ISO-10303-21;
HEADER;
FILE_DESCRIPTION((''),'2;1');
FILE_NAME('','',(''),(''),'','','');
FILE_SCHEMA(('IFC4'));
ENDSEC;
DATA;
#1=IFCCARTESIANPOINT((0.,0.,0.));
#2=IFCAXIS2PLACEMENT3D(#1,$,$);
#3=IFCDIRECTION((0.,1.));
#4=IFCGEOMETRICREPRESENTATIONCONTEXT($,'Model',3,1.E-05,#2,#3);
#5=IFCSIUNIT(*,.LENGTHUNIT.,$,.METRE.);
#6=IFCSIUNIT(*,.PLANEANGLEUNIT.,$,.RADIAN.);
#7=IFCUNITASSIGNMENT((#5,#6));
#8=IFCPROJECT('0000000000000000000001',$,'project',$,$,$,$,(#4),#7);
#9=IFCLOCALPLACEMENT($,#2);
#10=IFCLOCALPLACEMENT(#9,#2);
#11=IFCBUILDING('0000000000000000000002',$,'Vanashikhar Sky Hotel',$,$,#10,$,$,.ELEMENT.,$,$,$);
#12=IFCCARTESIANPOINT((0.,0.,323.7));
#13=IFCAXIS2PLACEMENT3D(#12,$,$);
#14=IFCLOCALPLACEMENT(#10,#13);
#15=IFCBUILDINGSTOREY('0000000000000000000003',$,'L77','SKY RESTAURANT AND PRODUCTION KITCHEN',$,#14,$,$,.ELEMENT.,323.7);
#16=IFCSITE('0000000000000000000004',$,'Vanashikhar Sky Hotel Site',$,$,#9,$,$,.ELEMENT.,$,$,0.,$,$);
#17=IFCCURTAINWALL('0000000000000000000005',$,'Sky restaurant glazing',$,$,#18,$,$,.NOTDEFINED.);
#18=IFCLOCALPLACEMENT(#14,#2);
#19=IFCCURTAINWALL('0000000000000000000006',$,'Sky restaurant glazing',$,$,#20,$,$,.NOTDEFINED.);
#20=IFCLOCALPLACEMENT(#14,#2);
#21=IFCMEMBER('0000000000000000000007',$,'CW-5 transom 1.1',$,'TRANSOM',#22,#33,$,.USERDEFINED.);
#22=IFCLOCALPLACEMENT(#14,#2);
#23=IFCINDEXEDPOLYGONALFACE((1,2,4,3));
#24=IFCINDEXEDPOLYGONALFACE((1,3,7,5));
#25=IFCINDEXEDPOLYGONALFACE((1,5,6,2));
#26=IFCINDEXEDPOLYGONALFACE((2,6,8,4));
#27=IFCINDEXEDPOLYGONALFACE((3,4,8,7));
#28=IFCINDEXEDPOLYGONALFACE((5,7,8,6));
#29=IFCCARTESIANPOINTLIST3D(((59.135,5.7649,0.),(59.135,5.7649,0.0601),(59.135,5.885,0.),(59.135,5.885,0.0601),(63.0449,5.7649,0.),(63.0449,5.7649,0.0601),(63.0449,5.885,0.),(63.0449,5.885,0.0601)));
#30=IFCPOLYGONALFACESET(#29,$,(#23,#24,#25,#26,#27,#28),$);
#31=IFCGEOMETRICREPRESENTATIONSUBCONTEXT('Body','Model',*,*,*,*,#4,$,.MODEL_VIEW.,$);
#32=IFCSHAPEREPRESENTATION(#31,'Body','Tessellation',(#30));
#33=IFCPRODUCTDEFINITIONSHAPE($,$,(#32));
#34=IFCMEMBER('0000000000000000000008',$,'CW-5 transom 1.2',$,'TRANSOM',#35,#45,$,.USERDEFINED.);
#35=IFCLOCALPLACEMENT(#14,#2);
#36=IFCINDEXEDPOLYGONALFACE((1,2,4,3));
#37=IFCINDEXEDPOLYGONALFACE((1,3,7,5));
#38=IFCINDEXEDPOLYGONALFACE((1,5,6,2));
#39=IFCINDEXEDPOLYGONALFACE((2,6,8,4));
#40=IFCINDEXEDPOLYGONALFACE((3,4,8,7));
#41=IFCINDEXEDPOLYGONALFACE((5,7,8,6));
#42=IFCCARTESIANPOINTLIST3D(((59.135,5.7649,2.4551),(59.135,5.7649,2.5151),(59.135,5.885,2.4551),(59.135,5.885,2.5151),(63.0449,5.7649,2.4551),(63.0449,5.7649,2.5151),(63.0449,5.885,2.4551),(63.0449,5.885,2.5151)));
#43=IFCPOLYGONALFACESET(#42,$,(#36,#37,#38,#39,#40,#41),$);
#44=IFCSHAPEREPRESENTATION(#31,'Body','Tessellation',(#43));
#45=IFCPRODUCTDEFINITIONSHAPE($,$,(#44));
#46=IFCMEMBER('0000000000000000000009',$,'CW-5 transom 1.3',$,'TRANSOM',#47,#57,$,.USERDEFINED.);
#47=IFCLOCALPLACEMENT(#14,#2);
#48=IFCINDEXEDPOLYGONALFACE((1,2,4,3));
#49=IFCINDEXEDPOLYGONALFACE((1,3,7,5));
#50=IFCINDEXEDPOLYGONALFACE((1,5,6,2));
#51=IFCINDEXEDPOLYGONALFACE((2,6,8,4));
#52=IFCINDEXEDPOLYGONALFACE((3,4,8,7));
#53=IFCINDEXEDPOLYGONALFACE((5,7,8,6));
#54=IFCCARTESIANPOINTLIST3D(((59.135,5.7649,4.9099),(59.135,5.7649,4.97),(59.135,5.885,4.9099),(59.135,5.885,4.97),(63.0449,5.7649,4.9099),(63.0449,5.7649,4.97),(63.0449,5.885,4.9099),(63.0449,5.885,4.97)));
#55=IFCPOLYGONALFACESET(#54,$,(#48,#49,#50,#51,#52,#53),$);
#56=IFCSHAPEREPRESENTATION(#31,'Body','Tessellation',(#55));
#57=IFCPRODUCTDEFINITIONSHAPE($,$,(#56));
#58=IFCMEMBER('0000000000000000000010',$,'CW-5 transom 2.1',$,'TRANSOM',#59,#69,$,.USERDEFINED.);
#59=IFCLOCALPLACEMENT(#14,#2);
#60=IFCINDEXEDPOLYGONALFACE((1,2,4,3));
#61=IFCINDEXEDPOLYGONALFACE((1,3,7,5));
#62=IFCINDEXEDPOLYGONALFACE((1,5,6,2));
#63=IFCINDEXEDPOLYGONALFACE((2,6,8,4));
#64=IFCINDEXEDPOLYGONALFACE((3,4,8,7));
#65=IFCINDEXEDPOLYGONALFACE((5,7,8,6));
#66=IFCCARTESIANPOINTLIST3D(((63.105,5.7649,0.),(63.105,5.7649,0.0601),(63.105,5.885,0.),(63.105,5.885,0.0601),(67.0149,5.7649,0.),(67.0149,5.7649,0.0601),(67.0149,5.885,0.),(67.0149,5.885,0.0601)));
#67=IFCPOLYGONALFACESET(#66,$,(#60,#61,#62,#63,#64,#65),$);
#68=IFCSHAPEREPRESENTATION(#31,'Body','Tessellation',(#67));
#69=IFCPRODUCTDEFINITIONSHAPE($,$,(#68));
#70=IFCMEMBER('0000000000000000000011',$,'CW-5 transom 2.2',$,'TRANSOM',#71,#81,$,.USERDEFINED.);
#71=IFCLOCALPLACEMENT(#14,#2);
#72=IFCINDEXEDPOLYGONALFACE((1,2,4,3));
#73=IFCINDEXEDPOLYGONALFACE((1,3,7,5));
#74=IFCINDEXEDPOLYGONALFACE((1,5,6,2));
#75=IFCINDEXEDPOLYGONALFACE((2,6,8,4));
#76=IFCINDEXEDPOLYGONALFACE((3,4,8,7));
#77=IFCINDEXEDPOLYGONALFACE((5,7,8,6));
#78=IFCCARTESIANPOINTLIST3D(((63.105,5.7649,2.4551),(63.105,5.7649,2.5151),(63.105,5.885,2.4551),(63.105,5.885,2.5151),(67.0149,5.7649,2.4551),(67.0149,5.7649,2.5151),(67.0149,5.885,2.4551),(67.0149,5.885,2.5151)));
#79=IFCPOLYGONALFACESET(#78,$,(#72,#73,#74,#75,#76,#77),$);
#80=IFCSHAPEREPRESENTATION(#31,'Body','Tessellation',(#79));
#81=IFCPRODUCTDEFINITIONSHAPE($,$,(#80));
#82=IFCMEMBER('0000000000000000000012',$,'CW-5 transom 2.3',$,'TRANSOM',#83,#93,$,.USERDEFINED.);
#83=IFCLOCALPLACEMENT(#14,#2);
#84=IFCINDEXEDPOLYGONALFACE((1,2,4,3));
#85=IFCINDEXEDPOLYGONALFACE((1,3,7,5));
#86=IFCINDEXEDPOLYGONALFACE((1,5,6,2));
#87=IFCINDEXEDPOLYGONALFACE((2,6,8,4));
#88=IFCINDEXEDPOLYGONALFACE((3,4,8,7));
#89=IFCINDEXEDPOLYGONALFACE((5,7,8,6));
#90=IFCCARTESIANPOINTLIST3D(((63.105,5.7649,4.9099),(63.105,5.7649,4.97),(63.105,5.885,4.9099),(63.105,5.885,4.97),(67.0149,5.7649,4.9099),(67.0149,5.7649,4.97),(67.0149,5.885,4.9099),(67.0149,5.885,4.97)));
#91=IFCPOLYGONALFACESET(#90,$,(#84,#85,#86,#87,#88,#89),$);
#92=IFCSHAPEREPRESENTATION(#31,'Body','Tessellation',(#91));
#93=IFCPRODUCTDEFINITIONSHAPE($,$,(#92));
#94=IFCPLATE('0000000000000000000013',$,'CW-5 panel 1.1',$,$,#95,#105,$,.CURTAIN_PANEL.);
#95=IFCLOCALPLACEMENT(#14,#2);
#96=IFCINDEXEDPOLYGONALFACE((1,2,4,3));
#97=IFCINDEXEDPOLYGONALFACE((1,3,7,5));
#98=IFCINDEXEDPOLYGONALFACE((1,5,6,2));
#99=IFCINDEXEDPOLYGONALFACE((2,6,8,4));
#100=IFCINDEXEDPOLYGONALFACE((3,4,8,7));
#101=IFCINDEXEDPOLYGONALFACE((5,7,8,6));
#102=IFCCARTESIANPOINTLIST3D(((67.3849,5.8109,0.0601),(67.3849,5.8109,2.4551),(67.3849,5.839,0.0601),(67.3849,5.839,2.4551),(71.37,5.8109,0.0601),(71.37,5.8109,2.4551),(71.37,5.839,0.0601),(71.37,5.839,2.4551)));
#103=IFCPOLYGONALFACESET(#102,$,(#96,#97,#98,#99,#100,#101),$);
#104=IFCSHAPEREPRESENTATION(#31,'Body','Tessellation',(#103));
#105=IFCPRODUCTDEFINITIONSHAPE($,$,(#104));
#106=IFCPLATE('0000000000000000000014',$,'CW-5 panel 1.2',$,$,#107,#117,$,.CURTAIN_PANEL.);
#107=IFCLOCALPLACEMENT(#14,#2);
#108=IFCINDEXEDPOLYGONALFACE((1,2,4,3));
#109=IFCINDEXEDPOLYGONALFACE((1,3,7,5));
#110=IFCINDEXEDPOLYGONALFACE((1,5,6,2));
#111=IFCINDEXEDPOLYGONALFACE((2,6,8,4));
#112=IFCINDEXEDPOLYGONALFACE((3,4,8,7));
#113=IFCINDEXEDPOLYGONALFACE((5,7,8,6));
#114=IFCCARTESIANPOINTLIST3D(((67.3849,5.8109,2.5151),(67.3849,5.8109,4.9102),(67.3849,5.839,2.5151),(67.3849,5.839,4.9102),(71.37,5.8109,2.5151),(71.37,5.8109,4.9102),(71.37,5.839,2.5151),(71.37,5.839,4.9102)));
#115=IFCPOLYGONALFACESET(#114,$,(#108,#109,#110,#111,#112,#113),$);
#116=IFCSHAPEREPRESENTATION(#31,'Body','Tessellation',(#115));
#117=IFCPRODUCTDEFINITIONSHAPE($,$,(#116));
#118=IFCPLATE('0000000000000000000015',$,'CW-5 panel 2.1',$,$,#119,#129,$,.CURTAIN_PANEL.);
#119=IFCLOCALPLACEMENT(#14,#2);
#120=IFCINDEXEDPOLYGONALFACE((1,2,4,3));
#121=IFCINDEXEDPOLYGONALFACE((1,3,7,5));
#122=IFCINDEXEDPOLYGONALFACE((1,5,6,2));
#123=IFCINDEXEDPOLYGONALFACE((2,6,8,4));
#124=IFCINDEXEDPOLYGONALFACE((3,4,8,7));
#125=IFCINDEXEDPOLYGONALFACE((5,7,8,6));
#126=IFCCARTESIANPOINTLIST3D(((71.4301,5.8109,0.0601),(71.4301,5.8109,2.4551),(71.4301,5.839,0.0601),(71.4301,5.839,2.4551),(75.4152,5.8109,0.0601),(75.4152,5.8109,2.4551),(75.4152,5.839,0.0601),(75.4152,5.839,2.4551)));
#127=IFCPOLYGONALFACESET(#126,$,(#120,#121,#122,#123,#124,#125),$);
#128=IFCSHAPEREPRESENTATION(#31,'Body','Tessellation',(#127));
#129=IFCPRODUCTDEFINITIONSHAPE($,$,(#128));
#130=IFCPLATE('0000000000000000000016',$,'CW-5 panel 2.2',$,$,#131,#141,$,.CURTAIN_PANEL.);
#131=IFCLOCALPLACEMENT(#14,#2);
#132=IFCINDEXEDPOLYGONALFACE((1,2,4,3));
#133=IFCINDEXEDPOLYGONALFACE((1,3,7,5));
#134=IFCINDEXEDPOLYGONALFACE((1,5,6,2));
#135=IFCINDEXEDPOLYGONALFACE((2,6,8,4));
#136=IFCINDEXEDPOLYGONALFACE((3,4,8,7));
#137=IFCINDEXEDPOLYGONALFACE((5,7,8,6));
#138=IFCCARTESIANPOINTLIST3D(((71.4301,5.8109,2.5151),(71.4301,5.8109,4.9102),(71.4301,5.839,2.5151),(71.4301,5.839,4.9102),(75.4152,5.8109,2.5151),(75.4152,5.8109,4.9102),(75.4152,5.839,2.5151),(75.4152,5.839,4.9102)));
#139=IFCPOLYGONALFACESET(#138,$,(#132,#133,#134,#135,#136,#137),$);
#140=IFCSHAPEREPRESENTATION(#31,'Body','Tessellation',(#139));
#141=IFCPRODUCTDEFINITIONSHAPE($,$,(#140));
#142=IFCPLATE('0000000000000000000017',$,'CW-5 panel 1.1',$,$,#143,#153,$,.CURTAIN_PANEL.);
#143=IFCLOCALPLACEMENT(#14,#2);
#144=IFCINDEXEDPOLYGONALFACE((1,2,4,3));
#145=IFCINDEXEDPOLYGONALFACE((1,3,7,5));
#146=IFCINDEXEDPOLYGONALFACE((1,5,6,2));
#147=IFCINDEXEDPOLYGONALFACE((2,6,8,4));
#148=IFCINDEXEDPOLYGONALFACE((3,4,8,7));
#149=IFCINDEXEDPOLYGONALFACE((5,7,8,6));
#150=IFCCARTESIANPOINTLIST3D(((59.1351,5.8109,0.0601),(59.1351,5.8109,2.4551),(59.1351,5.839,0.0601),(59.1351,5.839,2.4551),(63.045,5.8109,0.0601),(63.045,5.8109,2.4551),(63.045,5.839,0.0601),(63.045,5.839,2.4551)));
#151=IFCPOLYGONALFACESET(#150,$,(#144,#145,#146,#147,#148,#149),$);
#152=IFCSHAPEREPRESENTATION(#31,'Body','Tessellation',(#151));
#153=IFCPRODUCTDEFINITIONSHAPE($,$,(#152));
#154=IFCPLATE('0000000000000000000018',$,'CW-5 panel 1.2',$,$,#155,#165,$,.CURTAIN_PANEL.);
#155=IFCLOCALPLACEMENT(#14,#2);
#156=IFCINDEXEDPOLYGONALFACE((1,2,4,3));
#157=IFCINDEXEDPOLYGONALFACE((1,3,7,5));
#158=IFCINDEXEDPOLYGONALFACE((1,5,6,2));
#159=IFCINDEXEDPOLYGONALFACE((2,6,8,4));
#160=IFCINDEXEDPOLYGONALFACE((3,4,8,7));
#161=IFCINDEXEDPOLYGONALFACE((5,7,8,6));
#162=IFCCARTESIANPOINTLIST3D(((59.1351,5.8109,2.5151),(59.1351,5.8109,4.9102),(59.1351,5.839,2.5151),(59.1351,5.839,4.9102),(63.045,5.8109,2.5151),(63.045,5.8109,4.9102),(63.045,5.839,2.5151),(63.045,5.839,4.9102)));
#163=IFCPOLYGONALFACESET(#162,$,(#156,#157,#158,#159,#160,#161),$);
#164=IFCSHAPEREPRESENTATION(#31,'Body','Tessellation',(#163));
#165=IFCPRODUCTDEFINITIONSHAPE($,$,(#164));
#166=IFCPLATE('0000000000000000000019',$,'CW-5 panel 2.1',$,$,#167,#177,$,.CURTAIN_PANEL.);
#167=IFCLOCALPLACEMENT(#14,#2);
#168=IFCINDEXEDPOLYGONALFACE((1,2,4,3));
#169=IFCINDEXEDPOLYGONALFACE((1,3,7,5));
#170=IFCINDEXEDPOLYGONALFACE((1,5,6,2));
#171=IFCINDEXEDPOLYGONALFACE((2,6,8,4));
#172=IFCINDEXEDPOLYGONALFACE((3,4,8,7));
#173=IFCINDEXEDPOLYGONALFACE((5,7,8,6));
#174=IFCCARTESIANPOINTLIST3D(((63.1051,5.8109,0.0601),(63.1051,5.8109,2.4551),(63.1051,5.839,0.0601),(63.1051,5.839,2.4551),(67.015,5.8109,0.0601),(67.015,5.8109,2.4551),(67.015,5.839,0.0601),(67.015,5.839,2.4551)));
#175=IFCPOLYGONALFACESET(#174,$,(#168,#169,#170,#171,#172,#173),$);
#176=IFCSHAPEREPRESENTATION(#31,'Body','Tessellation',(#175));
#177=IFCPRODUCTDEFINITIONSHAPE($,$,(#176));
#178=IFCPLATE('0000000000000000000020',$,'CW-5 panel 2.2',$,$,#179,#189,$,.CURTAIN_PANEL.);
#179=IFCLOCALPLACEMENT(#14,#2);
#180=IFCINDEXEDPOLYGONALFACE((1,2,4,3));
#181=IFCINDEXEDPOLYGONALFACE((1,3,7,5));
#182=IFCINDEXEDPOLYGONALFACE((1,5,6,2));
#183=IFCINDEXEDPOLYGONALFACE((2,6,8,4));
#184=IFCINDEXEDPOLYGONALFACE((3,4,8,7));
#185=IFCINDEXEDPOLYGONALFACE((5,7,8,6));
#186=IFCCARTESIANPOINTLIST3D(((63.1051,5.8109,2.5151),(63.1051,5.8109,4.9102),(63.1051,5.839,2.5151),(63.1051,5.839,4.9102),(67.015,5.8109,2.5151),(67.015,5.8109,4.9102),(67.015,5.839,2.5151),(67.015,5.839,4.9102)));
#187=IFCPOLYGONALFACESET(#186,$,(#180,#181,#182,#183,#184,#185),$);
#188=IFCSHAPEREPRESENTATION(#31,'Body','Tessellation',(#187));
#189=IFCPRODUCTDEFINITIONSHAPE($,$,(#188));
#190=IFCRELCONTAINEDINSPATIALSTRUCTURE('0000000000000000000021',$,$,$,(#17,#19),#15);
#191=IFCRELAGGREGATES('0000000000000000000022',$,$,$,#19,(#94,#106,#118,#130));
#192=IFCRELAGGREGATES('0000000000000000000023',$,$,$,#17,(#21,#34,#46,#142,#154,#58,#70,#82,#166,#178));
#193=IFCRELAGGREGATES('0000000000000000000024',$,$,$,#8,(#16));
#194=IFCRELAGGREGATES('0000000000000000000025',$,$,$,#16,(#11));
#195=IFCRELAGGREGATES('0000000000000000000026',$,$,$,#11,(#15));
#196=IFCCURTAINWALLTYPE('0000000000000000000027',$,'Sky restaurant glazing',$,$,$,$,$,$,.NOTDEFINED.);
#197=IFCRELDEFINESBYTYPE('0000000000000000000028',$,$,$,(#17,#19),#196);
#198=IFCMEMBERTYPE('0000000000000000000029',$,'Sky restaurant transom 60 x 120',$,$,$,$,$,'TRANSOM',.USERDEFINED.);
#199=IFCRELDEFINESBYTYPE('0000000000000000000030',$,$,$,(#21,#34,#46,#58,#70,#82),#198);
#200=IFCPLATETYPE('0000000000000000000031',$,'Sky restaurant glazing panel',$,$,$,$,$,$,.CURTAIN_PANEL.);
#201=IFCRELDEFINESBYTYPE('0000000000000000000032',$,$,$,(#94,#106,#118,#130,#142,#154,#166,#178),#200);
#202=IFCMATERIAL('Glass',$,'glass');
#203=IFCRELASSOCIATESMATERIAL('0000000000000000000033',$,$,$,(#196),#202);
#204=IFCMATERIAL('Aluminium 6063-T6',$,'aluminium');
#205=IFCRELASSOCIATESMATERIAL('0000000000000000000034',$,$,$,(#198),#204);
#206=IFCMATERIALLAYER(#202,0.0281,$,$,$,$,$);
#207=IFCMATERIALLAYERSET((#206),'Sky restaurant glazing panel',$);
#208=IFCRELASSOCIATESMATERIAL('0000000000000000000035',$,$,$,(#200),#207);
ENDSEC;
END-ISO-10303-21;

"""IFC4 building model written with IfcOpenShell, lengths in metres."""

from ifc_helpers import new_model, si_unit, direction, frame, origin, origin_2d, place, context, subcontext, project, spatial, rectangle, extrude, source, transform, mapped, material, layer, layer_set, material_profile, profile_set, type_object, element, aggregate, save


model = new_model("IFC4")

# Units and contexts
model_context = context("Model", 3, precision=1e-05, world=origin(), true_north=direction((0.0, 1.0)))
body_context = subcontext(model_context, "Body", "Model", "MODEL_VIEW")
ifc_project = project(units=[si_unit("LENGTHUNIT", "METRE"), si_unit("PLANEANGLEUNIT", "RADIAN")], contexts=[model_context])

# Site, building, storey
site_placement = place(None, origin())
site = spatial("IfcSite", under=ifc_project, at=site_placement, Name="Vanashikhar Sky Hotel Site", CompositionType="ELEMENT", RefElevation=0.0)
building_placement = place(site_placement, origin())
building = spatial("IfcBuilding", under=site, at=building_placement, Name="Vanashikhar Sky Hotel", CompositionType="ELEMENT")
storey_placement = place(building_placement, frame((0.0, 0.0, 323.7)))
storey = spatial("IfcBuildingStorey", under=building, at=storey_placement, Name="L77", Description="SKY RESTAURANT AND PRODUCTION KITCHEN", CompositionType="ELEMENT", Elevation=323.7)

# Curtain walls
ifc_material_1 = material(Name="Glass", Category="glass")
curtain_wall_type = type_object("IfcCurtainWallType", Name="Sky restaurant glazing", PredefinedType="NOTDEFINED", material=ifc_material_1)
curtain_wall_1_placement = place(storey_placement, origin())
curtain_wall_1 = element("IfcCurtainWall", 1, at=curtain_wall_1_placement, inside=storey, type_object=curtain_wall_type, Name="Sky restaurant glazing", PredefinedType="NOTDEFINED")
ifc_material_2 = material(Name="Aluminium 6063-T6", Category="aluminium")
curtain_wall_2_placement = place(storey_placement, origin())
curtain_wall_2 = element("IfcCurtainWall", 2, at=curtain_wall_2_placement, inside=storey, type_object=curtain_wall_type, Name="Sky restaurant glazing", PredefinedType="NOTDEFINED")

# Members
ifc_material_profile_1 = material_profile(ifc_material_2, rectangle(XDim=0.1201, YDim=0.0601, at=origin_2d()))
ifc_profile_set_1 = profile_set([ifc_material_profile_1], Name="Aluminium 6063-T6")
member_type_1 = type_object("IfcMemberType", Name="Sky restaurant transom 60 x 120", ElementType="TRANSOM", PredefinedType="USERDEFINED", material=ifc_profile_set_1)
shared_shape_1 = source(origin(), body_context, "Body", "SweptSolid", [
    extrude(rectangle(XDim=0.1201, YDim=0.0601, at=origin_2d()), origin(), (0.0, 0.0, 1.0), 3.9099),
])
member_1_placement = place(storey_placement, frame((59.135, 5.825, 0.03), z_axis=(1.0, 0.0, 0.0), x_axis=(0.0, 1.0, 0.0)))
member_1 = element("IfcMember", 3, at=member_1_placement, type_object=member_type_1, Name="CW-5 transom 1.1", ObjectType="TRANSOM", PredefinedType="USERDEFINED", context=body_context, shape_type="MappedRepresentation", body=[
    mapped(shared_shape_1, transform((0.0, 0.0, 0.0), scale=1.0)),
])
member_2_placement = place(storey_placement, frame((59.135, 5.825, 2.4851), z_axis=(1.0, 0.0, 0.0), x_axis=(0.0, 1.0, 0.0)))
member_2 = element("IfcMember", 4, at=member_2_placement, type_object=member_type_1, Name="CW-5 transom 1.2", ObjectType="TRANSOM", PredefinedType="USERDEFINED", context=body_context, shape_type="MappedRepresentation", body=[
    mapped(shared_shape_1, transform((0.0, 0.0, 0.0), scale=1.0)),
])
member_3_placement = place(storey_placement, frame((59.135, 5.825, 4.9399), z_axis=(1.0, 0.0, 0.0), x_axis=(0.0, 1.0, 0.0)))
member_3 = element("IfcMember", 5, at=member_3_placement, type_object=member_type_1, Name="CW-5 transom 1.3", ObjectType="TRANSOM", PredefinedType="USERDEFINED", context=body_context, shape_type="MappedRepresentation", body=[
    mapped(shared_shape_1, transform((0.0, 0.0, 0.0), scale=1.0)),
])
member_4_placement = place(storey_placement, frame((63.105, 5.825, 0.03), z_axis=(1.0, 0.0, 0.0), x_axis=(0.0, 1.0, 0.0)))
member_4 = element("IfcMember", 6, at=member_4_placement, type_object=member_type_1, Name="CW-5 transom 2.1", ObjectType="TRANSOM", PredefinedType="USERDEFINED", context=body_context, shape_type="MappedRepresentation", body=[
    mapped(shared_shape_1, transform((0.0, 0.0, 0.0), scale=1.0)),
])
member_5_placement = place(storey_placement, frame((63.105, 5.825, 2.4851), z_axis=(1.0, 0.0, 0.0), x_axis=(0.0, 1.0, 0.0)))
member_5 = element("IfcMember", 7, at=member_5_placement, type_object=member_type_1, Name="CW-5 transom 2.2", ObjectType="TRANSOM", PredefinedType="USERDEFINED", context=body_context, shape_type="MappedRepresentation", body=[
    mapped(shared_shape_1, transform((0.0, 0.0, 0.0), scale=1.0)),
])
member_6_placement = place(storey_placement, frame((63.105, 5.825, 4.9399), z_axis=(1.0, 0.0, 0.0), x_axis=(0.0, 1.0, 0.0)))
member_6 = element("IfcMember", 8, at=member_6_placement, type_object=member_type_1, Name="CW-5 transom 2.3", ObjectType="TRANSOM", PredefinedType="USERDEFINED", context=body_context, shape_type="MappedRepresentation", body=[
    mapped(shared_shape_1, transform((0.0, 0.0, 0.0), scale=1.0)),
])

# Plates
ifc_layer_1 = layer(ifc_material_1, 0.0281)
ifc_layer_set_1 = layer_set([ifc_layer_1], Name="Sky restaurant glazing panel")
plate_type = type_object("IfcPlateType", Name="Sky restaurant glazing panel", PredefinedType="CURTAIN_PANEL", material=ifc_layer_set_1)
shared_shape_2 = source(origin(), body_context, "Body", "SweptSolid", [
    extrude(rectangle(XDim=3.9851, YDim=0.0281, at=origin_2d()), origin(), (0.0, 0.0, 1.0), 2.395),
])
plate_1_placement = place(storey_placement, frame((69.3774, 5.825, 0.0601), z_axis=(0.0, 0.0, 1.0), x_axis=(1.0, 0.0, 0.0)))
plate_1 = element("IfcPlate", 9, at=plate_1_placement, type_object=plate_type, Name="CW-5 panel 1.1", PredefinedType="CURTAIN_PANEL", context=body_context, shape_type="MappedRepresentation", body=[
    mapped(shared_shape_2, transform((0.0, 0.0, 0.0), scale=1.0)),
])
plate_2_placement = place(storey_placement, frame((69.3774, 5.825, 2.5151), z_axis=(0.0, 0.0, 1.0), x_axis=(1.0, 0.0, 0.0)))
plate_2 = element("IfcPlate", 10, at=plate_2_placement, type_object=plate_type, Name="CW-5 panel 1.2", PredefinedType="CURTAIN_PANEL", context=body_context, shape_type="MappedRepresentation", body=[
    mapped(shared_shape_2, transform((0.0, 0.0, 0.0), scale=1.0)),
])
plate_3_placement = place(storey_placement, frame((73.4226, 5.825, 0.0601), z_axis=(0.0, 0.0, 1.0), x_axis=(1.0, 0.0, 0.0)))
plate_3 = element("IfcPlate", 11, at=plate_3_placement, type_object=plate_type, Name="CW-5 panel 2.1", PredefinedType="CURTAIN_PANEL", context=body_context, shape_type="MappedRepresentation", body=[
    mapped(shared_shape_2, transform((0.0, 0.0, 0.0), scale=1.0)),
])
plate_4_placement = place(storey_placement, frame((73.4226, 5.825, 2.5151), z_axis=(0.0, 0.0, 1.0), x_axis=(1.0, 0.0, 0.0)))
plate_4 = element("IfcPlate", 12, at=plate_4_placement, type_object=plate_type, Name="CW-5 panel 2.2", PredefinedType="CURTAIN_PANEL", context=body_context, shape_type="MappedRepresentation", body=[
    mapped(shared_shape_2, transform((0.0, 0.0, 0.0), scale=1.0)),
])
aggregate(curtain_wall_2, [plate_1, plate_2, plate_3, plate_4])
shared_shape_3 = source(origin(), body_context, "Body", "SweptSolid", [
    extrude(rectangle(XDim=3.9099, YDim=0.0281, at=origin_2d()), origin(), (0.0, 0.0, 1.0), 2.395),
])
plate_5_placement = place(storey_placement, frame((61.0901, 5.825, 0.0601), z_axis=(0.0, 0.0, 1.0), x_axis=(1.0, 0.0, 0.0)))
plate_5 = element("IfcPlate", 13, at=plate_5_placement, type_object=plate_type, Name="CW-5 panel 1.1", PredefinedType="CURTAIN_PANEL", context=body_context, shape_type="MappedRepresentation", body=[
    mapped(shared_shape_3, transform((0.0, 0.0, 0.0), scale=1.0)),
])
plate_6_placement = place(storey_placement, frame((61.0901, 5.825, 2.5151), z_axis=(0.0, 0.0, 1.0), x_axis=(1.0, 0.0, 0.0)))
plate_6 = element("IfcPlate", 14, at=plate_6_placement, type_object=plate_type, Name="CW-5 panel 1.2", PredefinedType="CURTAIN_PANEL", context=body_context, shape_type="MappedRepresentation", body=[
    mapped(shared_shape_3, transform((0.0, 0.0, 0.0), scale=1.0)),
])
plate_7_placement = place(storey_placement, frame((65.0601, 5.825, 0.0601), z_axis=(0.0, 0.0, 1.0), x_axis=(1.0, 0.0, 0.0)))
plate_7 = element("IfcPlate", 15, at=plate_7_placement, type_object=plate_type, Name="CW-5 panel 2.1", PredefinedType="CURTAIN_PANEL", context=body_context, shape_type="MappedRepresentation", body=[
    mapped(shared_shape_3, transform((0.0, 0.0, 0.0), scale=1.0)),
])
plate_8_placement = place(storey_placement, frame((65.0601, 5.825, 2.5151), z_axis=(0.0, 0.0, 1.0), x_axis=(1.0, 0.0, 0.0)))
plate_8 = element("IfcPlate", 16, at=plate_8_placement, type_object=plate_type, Name="CW-5 panel 2.2", PredefinedType="CURTAIN_PANEL", context=body_context, shape_type="MappedRepresentation", body=[
    mapped(shared_shape_3, transform((0.0, 0.0, 0.0), scale=1.0)),
])
aggregate(curtain_wall_1, [member_1, member_2, member_3, plate_5, plate_6, member_4, member_5, member_6, plate_7, plate_8])

save(model, "model.ifc")
